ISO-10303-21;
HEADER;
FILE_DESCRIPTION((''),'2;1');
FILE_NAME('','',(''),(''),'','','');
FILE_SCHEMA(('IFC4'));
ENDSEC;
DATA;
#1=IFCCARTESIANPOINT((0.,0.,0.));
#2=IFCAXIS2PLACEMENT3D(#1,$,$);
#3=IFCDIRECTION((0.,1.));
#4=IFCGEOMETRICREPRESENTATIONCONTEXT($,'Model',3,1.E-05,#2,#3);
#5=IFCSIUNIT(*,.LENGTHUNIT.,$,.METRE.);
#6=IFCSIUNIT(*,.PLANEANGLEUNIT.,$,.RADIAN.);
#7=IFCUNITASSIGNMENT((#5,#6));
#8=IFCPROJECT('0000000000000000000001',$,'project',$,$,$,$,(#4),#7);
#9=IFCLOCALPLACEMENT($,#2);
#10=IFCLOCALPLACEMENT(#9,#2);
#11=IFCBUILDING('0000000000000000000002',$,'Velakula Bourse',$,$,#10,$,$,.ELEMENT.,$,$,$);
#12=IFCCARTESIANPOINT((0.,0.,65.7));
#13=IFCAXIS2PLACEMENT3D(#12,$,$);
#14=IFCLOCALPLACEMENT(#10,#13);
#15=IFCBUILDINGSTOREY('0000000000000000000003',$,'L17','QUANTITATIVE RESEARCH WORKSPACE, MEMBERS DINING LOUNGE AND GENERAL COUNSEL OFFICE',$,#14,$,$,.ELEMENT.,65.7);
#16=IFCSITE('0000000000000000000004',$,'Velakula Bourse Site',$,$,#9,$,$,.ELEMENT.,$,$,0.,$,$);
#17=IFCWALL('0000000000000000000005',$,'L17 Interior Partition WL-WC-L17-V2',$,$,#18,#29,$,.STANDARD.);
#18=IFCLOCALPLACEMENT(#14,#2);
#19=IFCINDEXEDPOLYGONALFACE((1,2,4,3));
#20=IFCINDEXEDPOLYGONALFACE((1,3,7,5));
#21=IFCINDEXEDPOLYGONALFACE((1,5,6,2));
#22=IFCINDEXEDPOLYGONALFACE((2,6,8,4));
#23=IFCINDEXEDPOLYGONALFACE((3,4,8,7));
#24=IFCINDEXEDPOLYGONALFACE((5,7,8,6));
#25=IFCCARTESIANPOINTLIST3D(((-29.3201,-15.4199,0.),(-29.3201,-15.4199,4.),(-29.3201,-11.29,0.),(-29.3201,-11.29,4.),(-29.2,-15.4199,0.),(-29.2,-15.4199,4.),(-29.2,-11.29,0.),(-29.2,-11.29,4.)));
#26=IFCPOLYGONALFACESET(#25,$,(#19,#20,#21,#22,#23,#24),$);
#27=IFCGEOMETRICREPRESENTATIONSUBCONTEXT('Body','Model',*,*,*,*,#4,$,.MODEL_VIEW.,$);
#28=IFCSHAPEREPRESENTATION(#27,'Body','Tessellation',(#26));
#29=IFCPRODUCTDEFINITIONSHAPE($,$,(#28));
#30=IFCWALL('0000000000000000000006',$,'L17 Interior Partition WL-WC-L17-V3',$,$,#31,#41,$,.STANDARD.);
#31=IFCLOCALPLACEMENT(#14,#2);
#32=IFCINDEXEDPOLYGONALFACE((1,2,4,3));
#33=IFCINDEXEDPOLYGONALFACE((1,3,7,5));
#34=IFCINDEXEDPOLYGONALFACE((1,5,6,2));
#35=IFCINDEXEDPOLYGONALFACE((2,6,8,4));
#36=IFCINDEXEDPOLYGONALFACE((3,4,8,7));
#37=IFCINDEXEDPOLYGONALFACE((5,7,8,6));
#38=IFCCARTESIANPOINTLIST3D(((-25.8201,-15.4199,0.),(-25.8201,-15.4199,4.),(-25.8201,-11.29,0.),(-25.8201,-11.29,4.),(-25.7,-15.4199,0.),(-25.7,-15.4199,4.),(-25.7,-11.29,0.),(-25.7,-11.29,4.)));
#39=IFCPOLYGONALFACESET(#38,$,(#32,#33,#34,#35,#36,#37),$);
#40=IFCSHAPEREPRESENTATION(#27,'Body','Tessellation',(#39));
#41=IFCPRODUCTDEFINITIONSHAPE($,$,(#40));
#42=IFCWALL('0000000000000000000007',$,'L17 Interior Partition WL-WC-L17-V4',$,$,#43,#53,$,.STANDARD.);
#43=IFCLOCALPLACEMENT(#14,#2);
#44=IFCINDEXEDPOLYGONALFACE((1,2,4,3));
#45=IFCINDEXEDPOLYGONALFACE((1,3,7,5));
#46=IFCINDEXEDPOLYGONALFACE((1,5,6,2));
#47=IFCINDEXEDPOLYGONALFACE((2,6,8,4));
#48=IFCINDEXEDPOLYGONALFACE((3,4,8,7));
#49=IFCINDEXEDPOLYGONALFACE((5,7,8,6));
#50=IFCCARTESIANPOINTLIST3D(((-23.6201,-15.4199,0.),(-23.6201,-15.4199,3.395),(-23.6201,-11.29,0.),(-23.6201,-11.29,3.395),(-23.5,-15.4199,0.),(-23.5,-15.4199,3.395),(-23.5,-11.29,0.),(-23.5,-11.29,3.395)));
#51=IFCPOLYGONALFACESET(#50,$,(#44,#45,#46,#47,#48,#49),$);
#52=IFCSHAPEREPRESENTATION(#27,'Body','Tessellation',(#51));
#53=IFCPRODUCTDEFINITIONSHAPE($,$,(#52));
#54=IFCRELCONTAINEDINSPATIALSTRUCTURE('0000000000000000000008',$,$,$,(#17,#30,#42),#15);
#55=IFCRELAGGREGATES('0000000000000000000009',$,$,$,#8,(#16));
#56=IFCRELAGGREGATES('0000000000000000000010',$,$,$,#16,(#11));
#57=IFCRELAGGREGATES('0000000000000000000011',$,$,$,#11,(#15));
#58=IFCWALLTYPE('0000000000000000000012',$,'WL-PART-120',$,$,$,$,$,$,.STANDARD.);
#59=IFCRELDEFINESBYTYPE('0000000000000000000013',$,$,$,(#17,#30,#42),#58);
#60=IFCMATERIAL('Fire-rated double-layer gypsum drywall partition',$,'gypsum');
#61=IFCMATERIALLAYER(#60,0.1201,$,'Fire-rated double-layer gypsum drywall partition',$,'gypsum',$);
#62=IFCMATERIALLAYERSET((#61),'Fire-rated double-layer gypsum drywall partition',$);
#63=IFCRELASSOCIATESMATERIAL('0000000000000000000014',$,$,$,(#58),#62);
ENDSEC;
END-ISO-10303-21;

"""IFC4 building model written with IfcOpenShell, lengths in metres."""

from ifc_helpers import new_model, si_unit, direction, frame, frame_2d, origin, place, context, subcontext, project, spatial, rectangle, extrude, material, layer, layer_set, type_object, element, save


model = new_model("IFC4")

# Units and contexts
model_context = context("Model", 3, precision=1e-05, world=origin(), true_north=direction((0.0, 1.0)))
body_context = subcontext(model_context, "Body", "Model", "MODEL_VIEW")
ifc_project = project(units=[si_unit("LENGTHUNIT", "METRE"), si_unit("PLANEANGLEUNIT", "RADIAN")], contexts=[model_context])

# Site, building, storey
site_placement = place(None, origin())
site = spatial("IfcSite", under=ifc_project, at=site_placement, Name="Velakula Bourse Site", CompositionType="ELEMENT", RefElevation=0.0)
building_placement = place(site_placement, origin())
building = spatial("IfcBuilding", under=site, at=building_placement, Name="Velakula Bourse", CompositionType="ELEMENT")
storey_placement = place(building_placement, frame((0.0, 0.0, 65.7)))
storey = spatial("IfcBuildingStorey", under=building, at=storey_placement, Name="L17", Description="QUANTITATIVE RESEARCH WORKSPACE, MEMBERS DINING LOUNGE AND GENERAL COUNSEL OFFICE", CompositionType="ELEMENT", Elevation=65.7)

# Walls
ifc_material_1 = material(Name="Fire-rated double-layer gypsum drywall partition", Category="gypsum")
ifc_layer_1 = layer(ifc_material_1, 0.1201, Name="Fire-rated double-layer gypsum drywall partition", Category="gypsum")
ifc_layer_set_1 = layer_set([ifc_layer_1], Name="Fire-rated double-layer gypsum drywall partition")
wall_type_1 = type_object("IfcWallType", Name="WL-PART-120", PredefinedType="STANDARD", material=ifc_layer_set_1)
for number, where, z_axis, x_axis, name in (
    (1, (-29.26, -15.4199, 0.0), (0.0, 0.0, 1.0), (0.0, 1.0, 0.0), "L17 Interior Partition WL-WC-L17-V2"),
    (2, (-25.76, -15.4199, 0.0), (0.0, 0.0, 1.0), (0.0, 1.0, 0.0), "L17 Interior Partition WL-WC-L17-V3"),
):
    element("IfcWall", number, at=place(storey_placement, frame(where, z_axis=z_axis, x_axis=x_axis)), inside=storey, type_object=wall_type_1, Name=name, PredefinedType="STANDARD", context=body_context, shape_type="SweptSolid", body=[
        extrude(rectangle(XDim=4.1299, YDim=0.1201, at=frame_2d((2.0649, 0.0))), origin(), (0.0, 0.0, 1.0), 4.0),
    ])
wall_1_placement = place(storey_placement, frame((-23.5601, -15.4199, 0.0), z_axis=(0.0, 0.0, 1.0), x_axis=(0.0, 1.0, 0.0)))
element("IfcWall", 3, at=wall_1_placement, inside=storey, type_object=wall_type_1, Name="L17 Interior Partition WL-WC-L17-V4", PredefinedType="STANDARD", context=body_context, shape_type="SweptSolid", body=[
    extrude(rectangle(XDim=4.1299, YDim=0.1201, at=frame_2d((2.0649, 0.0))), origin(), (0.0, 0.0, 1.0), 3.395),
])

save(model, "model.ifc")
